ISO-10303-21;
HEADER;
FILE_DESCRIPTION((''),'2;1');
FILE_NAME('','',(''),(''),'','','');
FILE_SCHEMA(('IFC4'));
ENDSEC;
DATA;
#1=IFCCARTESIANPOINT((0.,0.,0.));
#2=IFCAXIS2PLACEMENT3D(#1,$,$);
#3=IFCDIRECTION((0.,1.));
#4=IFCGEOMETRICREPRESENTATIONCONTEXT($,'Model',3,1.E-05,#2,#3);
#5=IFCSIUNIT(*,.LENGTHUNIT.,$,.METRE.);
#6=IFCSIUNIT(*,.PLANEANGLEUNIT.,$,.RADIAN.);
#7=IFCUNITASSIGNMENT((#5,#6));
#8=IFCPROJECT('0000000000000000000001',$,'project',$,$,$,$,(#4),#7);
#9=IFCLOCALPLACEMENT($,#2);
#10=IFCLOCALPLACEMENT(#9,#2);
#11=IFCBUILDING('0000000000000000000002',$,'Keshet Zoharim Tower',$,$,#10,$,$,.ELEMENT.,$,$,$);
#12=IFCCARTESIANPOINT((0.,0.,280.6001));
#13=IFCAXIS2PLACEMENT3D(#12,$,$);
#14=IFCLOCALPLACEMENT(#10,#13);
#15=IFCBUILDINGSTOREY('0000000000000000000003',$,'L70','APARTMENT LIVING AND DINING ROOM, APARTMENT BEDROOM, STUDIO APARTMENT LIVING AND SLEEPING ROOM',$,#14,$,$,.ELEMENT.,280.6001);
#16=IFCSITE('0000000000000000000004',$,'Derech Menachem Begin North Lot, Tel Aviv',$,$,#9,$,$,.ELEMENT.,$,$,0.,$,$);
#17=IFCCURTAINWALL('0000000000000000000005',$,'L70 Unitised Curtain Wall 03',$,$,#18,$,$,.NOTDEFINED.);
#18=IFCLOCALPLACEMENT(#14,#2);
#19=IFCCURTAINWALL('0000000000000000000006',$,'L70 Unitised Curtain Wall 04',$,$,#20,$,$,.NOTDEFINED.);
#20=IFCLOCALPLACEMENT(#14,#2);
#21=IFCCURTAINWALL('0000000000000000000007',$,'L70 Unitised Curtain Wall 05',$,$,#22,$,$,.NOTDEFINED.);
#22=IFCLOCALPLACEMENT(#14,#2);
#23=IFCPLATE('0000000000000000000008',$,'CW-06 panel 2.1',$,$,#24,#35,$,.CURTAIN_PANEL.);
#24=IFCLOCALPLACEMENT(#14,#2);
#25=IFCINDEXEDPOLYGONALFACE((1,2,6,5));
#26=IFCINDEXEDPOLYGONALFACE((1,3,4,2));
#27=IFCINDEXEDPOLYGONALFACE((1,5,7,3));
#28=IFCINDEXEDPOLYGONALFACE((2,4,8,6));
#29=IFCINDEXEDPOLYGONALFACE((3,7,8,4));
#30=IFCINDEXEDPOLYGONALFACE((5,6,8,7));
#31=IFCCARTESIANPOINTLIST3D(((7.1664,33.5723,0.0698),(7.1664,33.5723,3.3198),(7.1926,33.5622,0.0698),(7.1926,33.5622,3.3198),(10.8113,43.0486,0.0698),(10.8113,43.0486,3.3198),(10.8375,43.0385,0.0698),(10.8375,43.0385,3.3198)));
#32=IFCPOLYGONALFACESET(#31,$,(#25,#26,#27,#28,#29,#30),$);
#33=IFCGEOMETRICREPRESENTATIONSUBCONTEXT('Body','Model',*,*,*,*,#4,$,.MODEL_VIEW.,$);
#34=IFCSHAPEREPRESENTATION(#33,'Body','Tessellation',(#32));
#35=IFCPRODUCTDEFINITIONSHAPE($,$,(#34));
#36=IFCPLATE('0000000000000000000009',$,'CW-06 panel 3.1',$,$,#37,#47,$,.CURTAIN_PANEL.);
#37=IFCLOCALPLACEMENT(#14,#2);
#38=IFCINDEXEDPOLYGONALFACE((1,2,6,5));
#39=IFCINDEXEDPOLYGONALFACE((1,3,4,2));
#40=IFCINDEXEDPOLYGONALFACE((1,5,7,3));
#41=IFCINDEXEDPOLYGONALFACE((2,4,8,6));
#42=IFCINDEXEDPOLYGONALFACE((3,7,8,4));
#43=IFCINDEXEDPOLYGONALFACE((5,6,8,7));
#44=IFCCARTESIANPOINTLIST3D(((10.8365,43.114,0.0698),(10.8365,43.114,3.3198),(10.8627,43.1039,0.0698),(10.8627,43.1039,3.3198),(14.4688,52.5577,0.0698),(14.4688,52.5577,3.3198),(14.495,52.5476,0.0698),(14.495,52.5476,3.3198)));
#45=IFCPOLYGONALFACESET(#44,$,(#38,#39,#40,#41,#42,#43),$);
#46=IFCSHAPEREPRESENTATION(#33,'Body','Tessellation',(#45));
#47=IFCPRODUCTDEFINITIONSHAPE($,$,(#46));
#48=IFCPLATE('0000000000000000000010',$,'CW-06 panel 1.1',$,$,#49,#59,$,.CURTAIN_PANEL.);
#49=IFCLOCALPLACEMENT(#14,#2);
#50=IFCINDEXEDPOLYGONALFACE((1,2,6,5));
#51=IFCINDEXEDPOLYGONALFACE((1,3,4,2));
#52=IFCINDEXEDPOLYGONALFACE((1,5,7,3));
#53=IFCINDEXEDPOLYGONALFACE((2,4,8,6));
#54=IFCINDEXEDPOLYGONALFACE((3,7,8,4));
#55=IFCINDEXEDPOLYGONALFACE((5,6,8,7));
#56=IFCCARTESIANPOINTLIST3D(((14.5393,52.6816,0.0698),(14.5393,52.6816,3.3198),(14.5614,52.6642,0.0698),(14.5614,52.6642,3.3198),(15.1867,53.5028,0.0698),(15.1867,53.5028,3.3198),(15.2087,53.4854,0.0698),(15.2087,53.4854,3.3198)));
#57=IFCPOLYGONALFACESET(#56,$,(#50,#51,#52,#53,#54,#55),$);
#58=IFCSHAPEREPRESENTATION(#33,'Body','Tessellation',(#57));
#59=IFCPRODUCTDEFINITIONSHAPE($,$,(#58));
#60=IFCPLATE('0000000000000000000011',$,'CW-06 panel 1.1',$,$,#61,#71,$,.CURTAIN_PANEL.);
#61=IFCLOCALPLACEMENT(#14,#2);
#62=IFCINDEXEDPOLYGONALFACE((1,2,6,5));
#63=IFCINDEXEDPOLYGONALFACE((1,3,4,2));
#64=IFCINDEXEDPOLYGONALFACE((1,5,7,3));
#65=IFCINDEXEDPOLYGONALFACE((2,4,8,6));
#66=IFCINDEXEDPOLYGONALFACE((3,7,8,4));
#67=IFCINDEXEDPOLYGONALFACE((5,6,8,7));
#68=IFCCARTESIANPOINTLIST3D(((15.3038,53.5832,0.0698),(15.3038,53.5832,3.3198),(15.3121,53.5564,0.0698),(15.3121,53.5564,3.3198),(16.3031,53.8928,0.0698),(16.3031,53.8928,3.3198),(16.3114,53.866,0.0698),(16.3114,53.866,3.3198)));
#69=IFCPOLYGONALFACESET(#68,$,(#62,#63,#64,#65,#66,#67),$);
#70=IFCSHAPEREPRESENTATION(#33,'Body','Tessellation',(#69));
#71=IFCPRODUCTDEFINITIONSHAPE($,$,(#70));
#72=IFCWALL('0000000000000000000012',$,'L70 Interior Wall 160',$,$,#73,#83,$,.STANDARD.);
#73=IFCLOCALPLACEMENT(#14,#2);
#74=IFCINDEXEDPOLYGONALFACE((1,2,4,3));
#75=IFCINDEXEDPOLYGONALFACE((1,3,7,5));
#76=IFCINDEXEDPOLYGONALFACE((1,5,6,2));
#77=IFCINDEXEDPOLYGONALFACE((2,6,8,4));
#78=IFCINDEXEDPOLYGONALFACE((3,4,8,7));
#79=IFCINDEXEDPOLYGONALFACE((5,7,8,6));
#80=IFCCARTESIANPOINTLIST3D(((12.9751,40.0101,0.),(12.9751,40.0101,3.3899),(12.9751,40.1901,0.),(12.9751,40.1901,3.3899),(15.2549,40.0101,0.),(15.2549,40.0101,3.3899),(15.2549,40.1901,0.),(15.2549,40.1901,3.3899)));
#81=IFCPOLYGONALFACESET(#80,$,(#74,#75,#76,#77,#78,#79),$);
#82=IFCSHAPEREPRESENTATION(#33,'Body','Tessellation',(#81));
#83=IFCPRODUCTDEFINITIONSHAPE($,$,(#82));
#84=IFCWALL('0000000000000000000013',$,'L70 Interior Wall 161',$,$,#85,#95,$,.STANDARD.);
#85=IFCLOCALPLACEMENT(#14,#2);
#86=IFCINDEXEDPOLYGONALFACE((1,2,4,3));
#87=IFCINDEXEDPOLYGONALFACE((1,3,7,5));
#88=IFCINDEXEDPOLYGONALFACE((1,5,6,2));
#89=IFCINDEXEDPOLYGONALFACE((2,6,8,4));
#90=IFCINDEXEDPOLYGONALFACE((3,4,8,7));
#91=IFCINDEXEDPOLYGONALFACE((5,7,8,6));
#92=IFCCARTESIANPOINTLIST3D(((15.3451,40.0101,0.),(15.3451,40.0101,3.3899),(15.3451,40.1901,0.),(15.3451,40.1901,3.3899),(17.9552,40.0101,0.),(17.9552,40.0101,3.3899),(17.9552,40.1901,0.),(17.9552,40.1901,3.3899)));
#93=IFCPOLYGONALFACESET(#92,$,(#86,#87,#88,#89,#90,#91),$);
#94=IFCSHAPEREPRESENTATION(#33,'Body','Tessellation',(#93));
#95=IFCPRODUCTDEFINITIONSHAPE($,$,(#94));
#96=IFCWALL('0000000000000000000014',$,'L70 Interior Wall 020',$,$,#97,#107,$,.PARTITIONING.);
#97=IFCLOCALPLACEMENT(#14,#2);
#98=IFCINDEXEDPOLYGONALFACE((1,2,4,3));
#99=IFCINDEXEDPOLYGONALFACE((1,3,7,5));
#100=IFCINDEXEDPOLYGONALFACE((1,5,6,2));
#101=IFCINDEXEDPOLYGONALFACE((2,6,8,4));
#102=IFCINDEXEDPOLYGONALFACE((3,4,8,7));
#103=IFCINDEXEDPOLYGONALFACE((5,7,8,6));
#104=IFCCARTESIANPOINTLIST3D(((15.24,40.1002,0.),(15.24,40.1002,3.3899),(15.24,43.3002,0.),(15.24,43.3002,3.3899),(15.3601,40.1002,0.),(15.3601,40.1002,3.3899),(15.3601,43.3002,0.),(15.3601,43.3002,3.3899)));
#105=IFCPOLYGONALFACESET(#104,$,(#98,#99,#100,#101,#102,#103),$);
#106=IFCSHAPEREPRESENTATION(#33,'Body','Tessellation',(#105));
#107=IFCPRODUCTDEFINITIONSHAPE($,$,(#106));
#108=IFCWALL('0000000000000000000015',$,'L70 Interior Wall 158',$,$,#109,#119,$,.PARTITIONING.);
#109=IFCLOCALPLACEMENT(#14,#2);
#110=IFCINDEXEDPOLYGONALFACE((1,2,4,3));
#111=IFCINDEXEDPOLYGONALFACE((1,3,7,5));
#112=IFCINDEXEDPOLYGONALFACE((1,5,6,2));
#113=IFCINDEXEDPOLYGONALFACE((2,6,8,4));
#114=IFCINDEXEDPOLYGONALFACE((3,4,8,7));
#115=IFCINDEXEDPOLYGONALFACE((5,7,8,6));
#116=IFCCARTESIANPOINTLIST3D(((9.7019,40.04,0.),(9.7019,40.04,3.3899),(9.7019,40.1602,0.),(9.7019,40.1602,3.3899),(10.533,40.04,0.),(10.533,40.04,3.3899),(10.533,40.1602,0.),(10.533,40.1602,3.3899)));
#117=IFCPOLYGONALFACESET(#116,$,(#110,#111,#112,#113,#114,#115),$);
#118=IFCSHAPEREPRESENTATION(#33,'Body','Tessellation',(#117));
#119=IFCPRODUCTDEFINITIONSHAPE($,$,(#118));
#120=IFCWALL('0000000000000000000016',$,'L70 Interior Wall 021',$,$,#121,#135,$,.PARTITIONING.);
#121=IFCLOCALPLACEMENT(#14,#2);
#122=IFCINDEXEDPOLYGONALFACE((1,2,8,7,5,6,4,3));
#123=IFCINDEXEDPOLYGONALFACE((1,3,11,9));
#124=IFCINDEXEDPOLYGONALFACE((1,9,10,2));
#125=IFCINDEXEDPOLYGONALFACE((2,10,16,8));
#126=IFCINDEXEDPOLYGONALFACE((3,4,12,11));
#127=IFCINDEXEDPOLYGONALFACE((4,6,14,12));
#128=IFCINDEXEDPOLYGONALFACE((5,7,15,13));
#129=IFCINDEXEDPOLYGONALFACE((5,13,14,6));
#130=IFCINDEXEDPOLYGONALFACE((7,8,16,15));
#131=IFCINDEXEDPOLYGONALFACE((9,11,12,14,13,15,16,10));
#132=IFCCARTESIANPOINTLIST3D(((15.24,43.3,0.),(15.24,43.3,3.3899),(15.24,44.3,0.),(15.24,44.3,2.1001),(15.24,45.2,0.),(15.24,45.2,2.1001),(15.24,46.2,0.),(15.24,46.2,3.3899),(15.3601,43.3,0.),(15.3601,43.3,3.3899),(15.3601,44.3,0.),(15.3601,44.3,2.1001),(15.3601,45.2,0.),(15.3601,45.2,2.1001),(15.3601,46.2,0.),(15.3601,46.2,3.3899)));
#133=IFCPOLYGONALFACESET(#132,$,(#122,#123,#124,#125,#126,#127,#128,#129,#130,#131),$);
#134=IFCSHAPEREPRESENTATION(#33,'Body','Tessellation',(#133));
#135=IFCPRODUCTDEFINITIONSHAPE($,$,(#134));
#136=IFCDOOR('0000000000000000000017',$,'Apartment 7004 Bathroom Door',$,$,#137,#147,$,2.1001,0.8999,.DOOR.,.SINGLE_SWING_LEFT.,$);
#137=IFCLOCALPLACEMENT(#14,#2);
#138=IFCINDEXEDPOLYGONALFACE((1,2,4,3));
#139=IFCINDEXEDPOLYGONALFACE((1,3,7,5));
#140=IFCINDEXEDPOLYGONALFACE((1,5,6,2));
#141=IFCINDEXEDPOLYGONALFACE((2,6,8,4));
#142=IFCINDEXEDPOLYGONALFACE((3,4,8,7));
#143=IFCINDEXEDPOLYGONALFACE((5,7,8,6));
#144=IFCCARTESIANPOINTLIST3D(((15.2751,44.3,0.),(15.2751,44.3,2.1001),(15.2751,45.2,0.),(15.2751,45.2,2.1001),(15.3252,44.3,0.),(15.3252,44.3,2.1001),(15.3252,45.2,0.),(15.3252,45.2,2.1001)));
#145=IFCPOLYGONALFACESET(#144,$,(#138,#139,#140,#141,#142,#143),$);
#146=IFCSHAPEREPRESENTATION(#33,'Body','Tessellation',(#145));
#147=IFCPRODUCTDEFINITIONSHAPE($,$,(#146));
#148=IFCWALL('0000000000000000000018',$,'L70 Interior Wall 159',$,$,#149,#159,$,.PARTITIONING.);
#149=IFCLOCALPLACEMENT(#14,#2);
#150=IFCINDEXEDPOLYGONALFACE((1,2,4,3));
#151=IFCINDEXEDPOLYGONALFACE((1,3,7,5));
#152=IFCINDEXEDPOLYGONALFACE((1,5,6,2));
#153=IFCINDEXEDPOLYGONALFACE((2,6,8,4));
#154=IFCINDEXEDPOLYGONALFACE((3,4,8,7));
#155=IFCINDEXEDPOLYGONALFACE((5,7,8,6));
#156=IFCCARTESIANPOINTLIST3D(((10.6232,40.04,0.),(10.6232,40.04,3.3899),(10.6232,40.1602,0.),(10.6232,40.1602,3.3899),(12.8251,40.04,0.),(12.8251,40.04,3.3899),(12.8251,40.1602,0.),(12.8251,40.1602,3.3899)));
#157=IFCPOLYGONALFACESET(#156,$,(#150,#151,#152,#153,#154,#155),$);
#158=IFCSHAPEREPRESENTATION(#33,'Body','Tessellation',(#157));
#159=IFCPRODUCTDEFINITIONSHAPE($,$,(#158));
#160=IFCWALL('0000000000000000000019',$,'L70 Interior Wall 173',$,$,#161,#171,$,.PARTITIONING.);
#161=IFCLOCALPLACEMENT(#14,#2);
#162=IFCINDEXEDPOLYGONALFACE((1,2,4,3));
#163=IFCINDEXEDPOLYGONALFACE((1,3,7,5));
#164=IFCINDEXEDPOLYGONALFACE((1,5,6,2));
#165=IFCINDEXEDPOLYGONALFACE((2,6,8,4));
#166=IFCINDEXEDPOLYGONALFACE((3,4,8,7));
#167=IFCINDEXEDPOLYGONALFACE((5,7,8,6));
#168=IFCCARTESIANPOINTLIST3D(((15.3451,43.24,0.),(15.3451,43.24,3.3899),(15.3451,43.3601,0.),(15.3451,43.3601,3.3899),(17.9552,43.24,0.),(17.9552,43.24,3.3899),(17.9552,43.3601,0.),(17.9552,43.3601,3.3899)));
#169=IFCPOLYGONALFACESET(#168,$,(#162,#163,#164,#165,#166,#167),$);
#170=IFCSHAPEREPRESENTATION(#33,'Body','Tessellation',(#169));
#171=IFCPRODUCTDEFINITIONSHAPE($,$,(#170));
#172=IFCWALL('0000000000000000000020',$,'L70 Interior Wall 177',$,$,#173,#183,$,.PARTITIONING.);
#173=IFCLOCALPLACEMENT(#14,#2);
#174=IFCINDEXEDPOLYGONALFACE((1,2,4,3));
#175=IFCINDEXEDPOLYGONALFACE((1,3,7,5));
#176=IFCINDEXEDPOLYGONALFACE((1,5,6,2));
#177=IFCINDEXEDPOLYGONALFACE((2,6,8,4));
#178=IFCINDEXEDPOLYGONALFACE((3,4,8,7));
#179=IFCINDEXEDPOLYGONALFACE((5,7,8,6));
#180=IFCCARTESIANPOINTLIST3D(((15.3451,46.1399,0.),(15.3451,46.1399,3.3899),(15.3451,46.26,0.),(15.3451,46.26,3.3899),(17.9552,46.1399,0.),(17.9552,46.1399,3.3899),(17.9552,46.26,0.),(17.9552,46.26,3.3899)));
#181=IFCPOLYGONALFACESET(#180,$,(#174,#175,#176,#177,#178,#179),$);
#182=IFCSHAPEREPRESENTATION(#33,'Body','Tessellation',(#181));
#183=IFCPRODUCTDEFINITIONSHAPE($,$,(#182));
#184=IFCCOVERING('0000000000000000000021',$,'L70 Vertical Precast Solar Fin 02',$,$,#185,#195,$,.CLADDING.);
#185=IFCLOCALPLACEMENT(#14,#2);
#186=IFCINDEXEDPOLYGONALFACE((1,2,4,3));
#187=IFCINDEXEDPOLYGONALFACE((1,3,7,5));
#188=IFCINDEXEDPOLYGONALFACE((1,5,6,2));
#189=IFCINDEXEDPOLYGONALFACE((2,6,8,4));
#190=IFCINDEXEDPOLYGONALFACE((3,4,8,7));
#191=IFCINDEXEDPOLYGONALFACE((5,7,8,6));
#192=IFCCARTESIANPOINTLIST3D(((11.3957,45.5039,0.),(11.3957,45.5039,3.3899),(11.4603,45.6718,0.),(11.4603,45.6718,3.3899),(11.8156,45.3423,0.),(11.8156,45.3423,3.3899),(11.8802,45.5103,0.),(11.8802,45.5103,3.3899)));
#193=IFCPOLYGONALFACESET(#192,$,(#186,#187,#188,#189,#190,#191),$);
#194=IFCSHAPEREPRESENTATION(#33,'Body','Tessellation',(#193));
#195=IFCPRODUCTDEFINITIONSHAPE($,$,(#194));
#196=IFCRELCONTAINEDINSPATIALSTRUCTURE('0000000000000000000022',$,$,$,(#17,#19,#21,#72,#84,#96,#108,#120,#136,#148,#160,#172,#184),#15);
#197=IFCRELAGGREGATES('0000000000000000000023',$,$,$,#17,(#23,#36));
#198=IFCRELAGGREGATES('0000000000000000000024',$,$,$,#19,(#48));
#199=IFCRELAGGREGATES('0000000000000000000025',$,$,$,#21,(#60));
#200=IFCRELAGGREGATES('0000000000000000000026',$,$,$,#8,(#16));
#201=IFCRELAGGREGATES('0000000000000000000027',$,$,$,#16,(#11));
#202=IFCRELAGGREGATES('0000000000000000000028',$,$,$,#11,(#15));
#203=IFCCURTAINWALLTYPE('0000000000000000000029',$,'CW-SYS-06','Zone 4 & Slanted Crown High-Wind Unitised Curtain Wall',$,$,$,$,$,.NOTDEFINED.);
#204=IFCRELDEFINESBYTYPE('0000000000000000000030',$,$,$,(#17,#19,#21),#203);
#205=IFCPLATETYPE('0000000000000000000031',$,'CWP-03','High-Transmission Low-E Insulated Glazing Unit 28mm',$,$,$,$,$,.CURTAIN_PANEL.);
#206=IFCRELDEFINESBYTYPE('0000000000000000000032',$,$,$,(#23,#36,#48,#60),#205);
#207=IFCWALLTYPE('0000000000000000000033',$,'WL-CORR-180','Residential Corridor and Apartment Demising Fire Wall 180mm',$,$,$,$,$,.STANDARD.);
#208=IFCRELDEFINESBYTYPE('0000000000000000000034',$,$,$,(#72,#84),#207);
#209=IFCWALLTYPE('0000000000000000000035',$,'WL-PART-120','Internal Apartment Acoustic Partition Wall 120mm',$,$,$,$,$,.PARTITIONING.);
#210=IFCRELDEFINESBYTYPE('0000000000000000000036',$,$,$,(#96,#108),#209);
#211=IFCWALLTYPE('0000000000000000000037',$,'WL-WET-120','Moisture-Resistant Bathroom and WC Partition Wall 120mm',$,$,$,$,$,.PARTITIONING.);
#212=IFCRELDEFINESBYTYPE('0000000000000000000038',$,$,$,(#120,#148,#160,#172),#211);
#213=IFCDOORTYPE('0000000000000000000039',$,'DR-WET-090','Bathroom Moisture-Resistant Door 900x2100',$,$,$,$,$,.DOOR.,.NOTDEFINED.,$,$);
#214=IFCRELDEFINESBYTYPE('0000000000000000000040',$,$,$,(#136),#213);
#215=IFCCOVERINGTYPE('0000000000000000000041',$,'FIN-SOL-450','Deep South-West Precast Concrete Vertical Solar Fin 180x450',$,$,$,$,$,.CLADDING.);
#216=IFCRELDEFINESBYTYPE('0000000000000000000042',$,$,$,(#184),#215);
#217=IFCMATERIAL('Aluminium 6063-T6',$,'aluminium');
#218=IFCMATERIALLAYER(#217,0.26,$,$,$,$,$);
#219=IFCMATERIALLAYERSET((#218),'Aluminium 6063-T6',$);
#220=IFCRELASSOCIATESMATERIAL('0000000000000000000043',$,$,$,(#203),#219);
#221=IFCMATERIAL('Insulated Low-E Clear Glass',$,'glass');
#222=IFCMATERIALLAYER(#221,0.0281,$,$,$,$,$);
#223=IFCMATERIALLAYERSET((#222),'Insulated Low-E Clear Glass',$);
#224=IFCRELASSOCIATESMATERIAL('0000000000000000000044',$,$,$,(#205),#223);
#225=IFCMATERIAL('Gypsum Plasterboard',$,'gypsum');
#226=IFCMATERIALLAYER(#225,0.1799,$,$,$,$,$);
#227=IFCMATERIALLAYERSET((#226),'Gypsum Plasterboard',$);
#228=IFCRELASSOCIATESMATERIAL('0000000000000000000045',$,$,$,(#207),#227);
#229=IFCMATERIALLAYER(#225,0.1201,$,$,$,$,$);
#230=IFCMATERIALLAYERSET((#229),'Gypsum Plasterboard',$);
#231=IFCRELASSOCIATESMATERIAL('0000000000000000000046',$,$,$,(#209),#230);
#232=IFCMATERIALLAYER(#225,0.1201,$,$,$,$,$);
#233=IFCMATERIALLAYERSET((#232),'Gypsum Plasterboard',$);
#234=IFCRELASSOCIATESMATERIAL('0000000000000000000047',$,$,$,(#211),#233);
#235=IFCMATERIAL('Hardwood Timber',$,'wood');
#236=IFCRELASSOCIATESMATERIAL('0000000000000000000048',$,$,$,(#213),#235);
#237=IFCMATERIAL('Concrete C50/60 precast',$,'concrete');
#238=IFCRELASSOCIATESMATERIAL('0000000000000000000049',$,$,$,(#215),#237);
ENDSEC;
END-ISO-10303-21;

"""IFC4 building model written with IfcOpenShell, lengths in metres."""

from ifc_helpers import new_model, si_unit, direction, frame, frame_2d, origin, origin_2d, place, context, subcontext, project, spatial, rectangle, extrude, material, layer, layer_set, type_object, element, fill, aggregate, save


model = new_model("IFC4")

# Units and contexts
model_context = context("Model", 3, precision=1e-05, world=origin(), true_north=direction((0.0, 1.0)))
body_context = subcontext(model_context, "Body", "Model", "MODEL_VIEW")
ifc_project = project(units=[si_unit("LENGTHUNIT", "METRE"), si_unit("PLANEANGLEUNIT", "RADIAN")], contexts=[model_context])

# Site, building, storey
site_placement = place(None, origin())
site = spatial("IfcSite", under=ifc_project, at=site_placement, Name="Derech Menachem Begin North Lot, Tel Aviv", CompositionType="ELEMENT", RefElevation=0.0)
building_placement = place(site_placement, origin())
building = spatial("IfcBuilding", under=site, at=building_placement, Name="Keshet Zoharim Tower", CompositionType="ELEMENT")
storey_placement = place(building_placement, frame((0.0, 0.0, 280.6001)))
storey = spatial("IfcBuildingStorey", under=building, at=storey_placement, Name="L70", Description="APARTMENT LIVING AND DINING ROOM, APARTMENT BEDROOM, STUDIO APARTMENT LIVING AND SLEEPING ROOM", CompositionType="ELEMENT", Elevation=280.6001)

# Curtain walls
ifc_material_1 = material(Name="Aluminium 6063-T6", Category="aluminium")
ifc_layer_1 = layer(ifc_material_1, 0.26)
ifc_layer_set_1 = layer_set([ifc_layer_1], Name="Aluminium 6063-T6")
curtain_wall_type = type_object("IfcCurtainWallType", Name="CW-SYS-06", Description="Zone 4 & Slanted Crown High-Wind Unitised Curtain Wall", PredefinedType="NOTDEFINED", material=ifc_layer_set_1)
curtain_wall_1_placement = place(storey_placement, origin())
curtain_wall_1 = element("IfcCurtainWall", 1, at=curtain_wall_1_placement, inside=storey, type_object=curtain_wall_type, Name="L70 Unitised Curtain Wall 03", PredefinedType="NOTDEFINED")
curtain_wall_2_placement = place(storey_placement, origin())
curtain_wall_2 = element("IfcCurtainWall", 2, at=curtain_wall_2_placement, inside=storey, type_object=curtain_wall_type, Name="L70 Unitised Curtain Wall 04", PredefinedType="NOTDEFINED")

# Curtain wall
curtain_wall_3_placement = place(storey_placement, origin())
curtain_wall_3 = element("IfcCurtainWall", 3, at=curtain_wall_3_placement, inside=storey, type_object=curtain_wall_type, Name="L70 Unitised Curtain Wall 05", PredefinedType="NOTDEFINED")

# Plates
ifc_material_2 = material(Name="Insulated Low-E Clear Glass", Category="glass")
ifc_layer_2 = layer(ifc_material_2, 0.0281)
ifc_layer_set_2 = layer_set([ifc_layer_2], Name="Insulated Low-E Clear Glass")
plate_type = type_object("IfcPlateType", Name="CWP-03", Description="High-Transmission Low-E Insulated Glazing Unit 28mm", PredefinedType="CURTAIN_PANEL", material=ifc_layer_set_2)
plate_1_placement = place(storey_placement, frame((9.002, 38.3054, 0.0698), z_axis=(0.0, 0.0, 1.0), x_axis=(0.35899, 0.933341, 0.0)))
plate_1 = element("IfcPlate", 4, at=plate_1_placement, type_object=plate_type, Name="CW-06 panel 2.1", PredefinedType="CURTAIN_PANEL", context=body_context, shape_type="SweptSolid", body=[
    extrude(rectangle(XDim=10.1531, YDim=0.0281, at=origin_2d()), origin(), (0.0, 0.0, 1.0), 3.25),
])
plate_2_placement = place(storey_placement, frame((12.6658, 47.8308, 0.0698), z_axis=(0.0, 0.0, 1.0), x_axis=(0.35899, 0.933341, 0.0)))
plate_2 = element("IfcPlate", 5, at=plate_2_placement, type_object=plate_type, Name="CW-06 panel 3.1", PredefinedType="CURTAIN_PANEL", context=body_context, shape_type="SweptSolid", body=[
    extrude(rectangle(XDim=10.1182, YDim=0.0281, at=origin_2d()), origin(), (0.0, 0.0, 1.0), 3.25),
])
aggregate(curtain_wall_1, [plate_1, plate_2])
plate_3_placement = place(storey_placement, frame((14.874, 53.0835, 0.0698), z_axis=(0.0, 0.0, 1.0), x_axis=(0.619125, 0.785293, 0.0)))
plate_3 = element("IfcPlate", 6, at=plate_3_placement, type_object=plate_type, Name="CW-06 panel 1.1", PredefinedType="CURTAIN_PANEL", context=body_context, shape_type="SweptSolid", body=[
    extrude(rectangle(XDim=1.0457, YDim=0.0281, at=origin_2d()), origin(), (0.0, 0.0, 1.0), 3.25),
])
aggregate(curtain_wall_2, [plate_3])
plate_4_placement = place(storey_placement, frame((15.8076, 53.7246, 0.0698), z_axis=(0.0, 0.0, 1.0), x_axis=(0.955212, 0.295922, 0.0)))
plate_4 = element("IfcPlate", 7, at=plate_4_placement, type_object=plate_type, Name="CW-06 panel 1.1", PredefinedType="CURTAIN_PANEL", context=body_context, shape_type="SweptSolid", body=[
    extrude(rectangle(XDim=1.0461, YDim=0.0281, at=origin_2d()), origin(), (0.0, 0.0, 1.0), 3.25),
])
aggregate(curtain_wall_3, [plate_4])

# Walls
ifc_material_3 = material(Name="Gypsum Plasterboard", Category="gypsum")
ifc_layer_3 = layer(ifc_material_3, 0.1799)
ifc_layer_set_3 = layer_set([ifc_layer_3], Name="Gypsum Plasterboard")
wall_type_1 = type_object("IfcWallType", Name="WL-CORR-180", Description="Residential Corridor and Apartment Demising Fire Wall 180mm", PredefinedType="STANDARD", material=ifc_layer_set_3)
wall_1_placement = place(storey_placement, frame((12.9751, 40.1001, 0.0), z_axis=(0.0, 0.0, 1.0), x_axis=(1.0, 0.0, 0.0)))
element("IfcWall", 8, at=wall_1_placement, inside=storey, type_object=wall_type_1, Name="L70 Interior Wall 160", PredefinedType="STANDARD", context=body_context, shape_type="SweptSolid", body=[
    extrude(rectangle(XDim=2.2798, YDim=0.1799, at=frame_2d((1.1399, 0.0))), origin(), (0.0, 0.0, 1.0), 3.3899),
])
wall_2_placement = place(storey_placement, frame((15.345, 40.1001, 0.0), z_axis=(0.0, 0.0, 1.0), x_axis=(1.0, 0.0, 0.0)))
element("IfcWall", 9, at=wall_2_placement, inside=storey, type_object=wall_type_1, Name="L70 Interior Wall 161", PredefinedType="STANDARD", context=body_context, shape_type="SweptSolid", body=[
    extrude(rectangle(XDim=2.6101, YDim=0.1799, at=frame_2d((1.3052, 0.0))), origin(), (0.0, 0.0, 1.0), 3.3899),
])
ifc_layer_4 = layer(ifc_material_3, 0.1201)
ifc_layer_set_4 = layer_set([ifc_layer_4], Name="Gypsum Plasterboard")
wall_type_2 = type_object("IfcWallType", Name="WL-PART-120", Description="Internal Apartment Acoustic Partition Wall 120mm", PredefinedType="PARTITIONING", material=ifc_layer_set_4)
wall_3_placement = place(storey_placement, frame((15.3, 40.1001, 0.0), z_axis=(0.0, 0.0, 1.0), x_axis=(0.0, 1.0, 0.0)))
element("IfcWall", 10, at=wall_3_placement, inside=storey, type_object=wall_type_2, Name="L70 Interior Wall 020", PredefinedType="PARTITIONING", context=body_context, shape_type="SweptSolid", body=[
    extrude(rectangle(XDim=3.2, YDim=0.1201, at=frame_2d((1.6001, 0.0))), origin(), (0.0, 0.0, 1.0), 3.3899),
])
wall_4_placement = place(storey_placement, frame((9.7019, 40.1001, 0.0), z_axis=(0.0, 0.0, 1.0), x_axis=(1.0, 0.0, 0.0)))
element("IfcWall", 11, at=wall_4_placement, inside=storey, type_object=wall_type_2, Name="L70 Interior Wall 158", PredefinedType="PARTITIONING", context=body_context, shape_type="SweptSolid", body=[
    extrude(rectangle(XDim=0.8311, YDim=0.1201, at=frame_2d((0.4155, 0.0))), origin(), (0.0, 0.0, 1.0), 3.3899),
])

# Wall, opening, door
ifc_layer_5 = layer(ifc_material_3, 0.1201)
ifc_layer_set_5 = layer_set([ifc_layer_5], Name="Gypsum Plasterboard")
wall_type_3 = type_object("IfcWallType", Name="WL-WET-120", Description="Moisture-Resistant Bathroom and WC Partition Wall 120mm", PredefinedType="PARTITIONING", material=ifc_layer_set_5)
wall_5_placement = place(storey_placement, frame((15.3, 43.3, 0.0), z_axis=(0.0, 0.0, 1.0), x_axis=(0.0, 1.0, 0.0)))
wall_5 = element("IfcWall", 12, at=wall_5_placement, inside=storey, type_object=wall_type_3, Name="L70 Interior Wall 021", PredefinedType="PARTITIONING", context=body_context, shape_type="SweptSolid", body=[
    extrude(rectangle(XDim=2.8999, YDim=0.1201, at=frame_2d((1.45, 0.0))), origin(), (0.0, 0.0, 1.0), 3.3899),
])
opening_placement = place(wall_5_placement, frame((1.0, 0.0, 0.0)))
opening = element("IfcOpeningElement", 13, at=opening_placement, cuts=wall_5, PredefinedType="OPENING", context=body_context, shape_type="SweptSolid", body=[
    extrude(rectangle(XDim=0.8999, YDim=2.1001, at=frame_2d((0.45, 1.05))), frame((0.0, 0.0701, 0.0), z_axis=(0.0, -1.0, 0.0), x_axis=(1.0, 0.0, 0.0)), (0.0, 0.0, 1.0), 0.1401),
])
ifc_material_4 = material(Name="Hardwood Timber", Category="wood")
door_type = type_object("IfcDoorType", Name="DR-WET-090", Description="Bathroom Moisture-Resistant Door 900x2100", OperationType="NOTDEFINED", PredefinedType="DOOR", material=ifc_material_4)
door_placement = place(opening_placement, origin())
door = element("IfcDoor", 14, at=door_placement, inside=storey, type_object=door_type, Name="Apartment 7004 Bathroom Door", OperationType="SINGLE_SWING_LEFT", OverallHeight=2.1001, OverallWidth=0.8999, PredefinedType="DOOR", context=body_context, shape_type="SweptSolid", body=[
    extrude(rectangle(XDim=0.8999, YDim=2.1001, at=frame_2d((0.45, 1.05))), frame((0.0, 0.0249, 0.0), z_axis=(0.0, -1.0, 0.0), x_axis=(1.0, 0.0, 0.0)), (0.0, 0.0, 1.0), 0.05),
])
fill(opening, door)

# Walls
wall_6_placement = place(storey_placement, frame((10.623, 40.1001, 0.0), z_axis=(0.0, 0.0, 1.0), x_axis=(1.0, 0.0, 0.0)))
element("IfcWall", 15, at=wall_6_placement, inside=storey, type_object=wall_type_3, Name="L70 Interior Wall 159", PredefinedType="PARTITIONING", context=body_context, shape_type="SweptSolid", body=[
    extrude(rectangle(XDim=2.2019, YDim=0.1201, at=frame_2d((1.1011, 0.0))), origin(), (0.0, 0.0, 1.0), 3.3899),
])
for number, where, z_axis, x_axis, name in (
    (16, (15.345, 43.3, 0.0), (0.0, 0.0, 1.0), (1.0, 0.0, 0.0), "L70 Interior Wall 173"),
    (17, (15.345, 46.2, 0.0), (0.0, 0.0, 1.0), (1.0, 0.0, 0.0), "L70 Interior Wall 177"),
):
    element("IfcWall", number, at=place(storey_placement, frame(where, z_axis=z_axis, x_axis=x_axis)), inside=storey, type_object=wall_type_3, Name=name, PredefinedType="PARTITIONING", context=body_context, shape_type="SweptSolid", body=[
        extrude(rectangle(XDim=2.6101, YDim=0.1201, at=frame_2d((1.3052, 0.0))), origin(), (0.0, 0.0, 1.0), 3.3899),
    ])

# Covering
ifc_material_5 = material(Name="Concrete C50/60 precast", Category="concrete")
covering_type = type_object("IfcCoveringType", Name="FIN-SOL-450", Description="Deep South-West Precast Concrete Vertical Solar Fin 180x450", PredefinedType="CLADDING", material=ifc_material_5)
covering_placement = place(storey_placement, frame((11.6379, 45.5071, 0.0), z_axis=(0.0, 0.0, 1.0), x_axis=(0.35899, 0.933341, 0.0)))
element("IfcCovering", 18, at=covering_placement, inside=storey, type_object=covering_type, Name="L70 Vertical Precast Solar Fin 02", PredefinedType="CLADDING", context=body_context, shape_type="SweptSolid", body=[
    extrude(rectangle(XDim=0.1799, YDim=0.45, at=origin_2d()), origin(), (0.0, 0.0, 1.0), 3.3899),
])

save(model, "model.ifc")
